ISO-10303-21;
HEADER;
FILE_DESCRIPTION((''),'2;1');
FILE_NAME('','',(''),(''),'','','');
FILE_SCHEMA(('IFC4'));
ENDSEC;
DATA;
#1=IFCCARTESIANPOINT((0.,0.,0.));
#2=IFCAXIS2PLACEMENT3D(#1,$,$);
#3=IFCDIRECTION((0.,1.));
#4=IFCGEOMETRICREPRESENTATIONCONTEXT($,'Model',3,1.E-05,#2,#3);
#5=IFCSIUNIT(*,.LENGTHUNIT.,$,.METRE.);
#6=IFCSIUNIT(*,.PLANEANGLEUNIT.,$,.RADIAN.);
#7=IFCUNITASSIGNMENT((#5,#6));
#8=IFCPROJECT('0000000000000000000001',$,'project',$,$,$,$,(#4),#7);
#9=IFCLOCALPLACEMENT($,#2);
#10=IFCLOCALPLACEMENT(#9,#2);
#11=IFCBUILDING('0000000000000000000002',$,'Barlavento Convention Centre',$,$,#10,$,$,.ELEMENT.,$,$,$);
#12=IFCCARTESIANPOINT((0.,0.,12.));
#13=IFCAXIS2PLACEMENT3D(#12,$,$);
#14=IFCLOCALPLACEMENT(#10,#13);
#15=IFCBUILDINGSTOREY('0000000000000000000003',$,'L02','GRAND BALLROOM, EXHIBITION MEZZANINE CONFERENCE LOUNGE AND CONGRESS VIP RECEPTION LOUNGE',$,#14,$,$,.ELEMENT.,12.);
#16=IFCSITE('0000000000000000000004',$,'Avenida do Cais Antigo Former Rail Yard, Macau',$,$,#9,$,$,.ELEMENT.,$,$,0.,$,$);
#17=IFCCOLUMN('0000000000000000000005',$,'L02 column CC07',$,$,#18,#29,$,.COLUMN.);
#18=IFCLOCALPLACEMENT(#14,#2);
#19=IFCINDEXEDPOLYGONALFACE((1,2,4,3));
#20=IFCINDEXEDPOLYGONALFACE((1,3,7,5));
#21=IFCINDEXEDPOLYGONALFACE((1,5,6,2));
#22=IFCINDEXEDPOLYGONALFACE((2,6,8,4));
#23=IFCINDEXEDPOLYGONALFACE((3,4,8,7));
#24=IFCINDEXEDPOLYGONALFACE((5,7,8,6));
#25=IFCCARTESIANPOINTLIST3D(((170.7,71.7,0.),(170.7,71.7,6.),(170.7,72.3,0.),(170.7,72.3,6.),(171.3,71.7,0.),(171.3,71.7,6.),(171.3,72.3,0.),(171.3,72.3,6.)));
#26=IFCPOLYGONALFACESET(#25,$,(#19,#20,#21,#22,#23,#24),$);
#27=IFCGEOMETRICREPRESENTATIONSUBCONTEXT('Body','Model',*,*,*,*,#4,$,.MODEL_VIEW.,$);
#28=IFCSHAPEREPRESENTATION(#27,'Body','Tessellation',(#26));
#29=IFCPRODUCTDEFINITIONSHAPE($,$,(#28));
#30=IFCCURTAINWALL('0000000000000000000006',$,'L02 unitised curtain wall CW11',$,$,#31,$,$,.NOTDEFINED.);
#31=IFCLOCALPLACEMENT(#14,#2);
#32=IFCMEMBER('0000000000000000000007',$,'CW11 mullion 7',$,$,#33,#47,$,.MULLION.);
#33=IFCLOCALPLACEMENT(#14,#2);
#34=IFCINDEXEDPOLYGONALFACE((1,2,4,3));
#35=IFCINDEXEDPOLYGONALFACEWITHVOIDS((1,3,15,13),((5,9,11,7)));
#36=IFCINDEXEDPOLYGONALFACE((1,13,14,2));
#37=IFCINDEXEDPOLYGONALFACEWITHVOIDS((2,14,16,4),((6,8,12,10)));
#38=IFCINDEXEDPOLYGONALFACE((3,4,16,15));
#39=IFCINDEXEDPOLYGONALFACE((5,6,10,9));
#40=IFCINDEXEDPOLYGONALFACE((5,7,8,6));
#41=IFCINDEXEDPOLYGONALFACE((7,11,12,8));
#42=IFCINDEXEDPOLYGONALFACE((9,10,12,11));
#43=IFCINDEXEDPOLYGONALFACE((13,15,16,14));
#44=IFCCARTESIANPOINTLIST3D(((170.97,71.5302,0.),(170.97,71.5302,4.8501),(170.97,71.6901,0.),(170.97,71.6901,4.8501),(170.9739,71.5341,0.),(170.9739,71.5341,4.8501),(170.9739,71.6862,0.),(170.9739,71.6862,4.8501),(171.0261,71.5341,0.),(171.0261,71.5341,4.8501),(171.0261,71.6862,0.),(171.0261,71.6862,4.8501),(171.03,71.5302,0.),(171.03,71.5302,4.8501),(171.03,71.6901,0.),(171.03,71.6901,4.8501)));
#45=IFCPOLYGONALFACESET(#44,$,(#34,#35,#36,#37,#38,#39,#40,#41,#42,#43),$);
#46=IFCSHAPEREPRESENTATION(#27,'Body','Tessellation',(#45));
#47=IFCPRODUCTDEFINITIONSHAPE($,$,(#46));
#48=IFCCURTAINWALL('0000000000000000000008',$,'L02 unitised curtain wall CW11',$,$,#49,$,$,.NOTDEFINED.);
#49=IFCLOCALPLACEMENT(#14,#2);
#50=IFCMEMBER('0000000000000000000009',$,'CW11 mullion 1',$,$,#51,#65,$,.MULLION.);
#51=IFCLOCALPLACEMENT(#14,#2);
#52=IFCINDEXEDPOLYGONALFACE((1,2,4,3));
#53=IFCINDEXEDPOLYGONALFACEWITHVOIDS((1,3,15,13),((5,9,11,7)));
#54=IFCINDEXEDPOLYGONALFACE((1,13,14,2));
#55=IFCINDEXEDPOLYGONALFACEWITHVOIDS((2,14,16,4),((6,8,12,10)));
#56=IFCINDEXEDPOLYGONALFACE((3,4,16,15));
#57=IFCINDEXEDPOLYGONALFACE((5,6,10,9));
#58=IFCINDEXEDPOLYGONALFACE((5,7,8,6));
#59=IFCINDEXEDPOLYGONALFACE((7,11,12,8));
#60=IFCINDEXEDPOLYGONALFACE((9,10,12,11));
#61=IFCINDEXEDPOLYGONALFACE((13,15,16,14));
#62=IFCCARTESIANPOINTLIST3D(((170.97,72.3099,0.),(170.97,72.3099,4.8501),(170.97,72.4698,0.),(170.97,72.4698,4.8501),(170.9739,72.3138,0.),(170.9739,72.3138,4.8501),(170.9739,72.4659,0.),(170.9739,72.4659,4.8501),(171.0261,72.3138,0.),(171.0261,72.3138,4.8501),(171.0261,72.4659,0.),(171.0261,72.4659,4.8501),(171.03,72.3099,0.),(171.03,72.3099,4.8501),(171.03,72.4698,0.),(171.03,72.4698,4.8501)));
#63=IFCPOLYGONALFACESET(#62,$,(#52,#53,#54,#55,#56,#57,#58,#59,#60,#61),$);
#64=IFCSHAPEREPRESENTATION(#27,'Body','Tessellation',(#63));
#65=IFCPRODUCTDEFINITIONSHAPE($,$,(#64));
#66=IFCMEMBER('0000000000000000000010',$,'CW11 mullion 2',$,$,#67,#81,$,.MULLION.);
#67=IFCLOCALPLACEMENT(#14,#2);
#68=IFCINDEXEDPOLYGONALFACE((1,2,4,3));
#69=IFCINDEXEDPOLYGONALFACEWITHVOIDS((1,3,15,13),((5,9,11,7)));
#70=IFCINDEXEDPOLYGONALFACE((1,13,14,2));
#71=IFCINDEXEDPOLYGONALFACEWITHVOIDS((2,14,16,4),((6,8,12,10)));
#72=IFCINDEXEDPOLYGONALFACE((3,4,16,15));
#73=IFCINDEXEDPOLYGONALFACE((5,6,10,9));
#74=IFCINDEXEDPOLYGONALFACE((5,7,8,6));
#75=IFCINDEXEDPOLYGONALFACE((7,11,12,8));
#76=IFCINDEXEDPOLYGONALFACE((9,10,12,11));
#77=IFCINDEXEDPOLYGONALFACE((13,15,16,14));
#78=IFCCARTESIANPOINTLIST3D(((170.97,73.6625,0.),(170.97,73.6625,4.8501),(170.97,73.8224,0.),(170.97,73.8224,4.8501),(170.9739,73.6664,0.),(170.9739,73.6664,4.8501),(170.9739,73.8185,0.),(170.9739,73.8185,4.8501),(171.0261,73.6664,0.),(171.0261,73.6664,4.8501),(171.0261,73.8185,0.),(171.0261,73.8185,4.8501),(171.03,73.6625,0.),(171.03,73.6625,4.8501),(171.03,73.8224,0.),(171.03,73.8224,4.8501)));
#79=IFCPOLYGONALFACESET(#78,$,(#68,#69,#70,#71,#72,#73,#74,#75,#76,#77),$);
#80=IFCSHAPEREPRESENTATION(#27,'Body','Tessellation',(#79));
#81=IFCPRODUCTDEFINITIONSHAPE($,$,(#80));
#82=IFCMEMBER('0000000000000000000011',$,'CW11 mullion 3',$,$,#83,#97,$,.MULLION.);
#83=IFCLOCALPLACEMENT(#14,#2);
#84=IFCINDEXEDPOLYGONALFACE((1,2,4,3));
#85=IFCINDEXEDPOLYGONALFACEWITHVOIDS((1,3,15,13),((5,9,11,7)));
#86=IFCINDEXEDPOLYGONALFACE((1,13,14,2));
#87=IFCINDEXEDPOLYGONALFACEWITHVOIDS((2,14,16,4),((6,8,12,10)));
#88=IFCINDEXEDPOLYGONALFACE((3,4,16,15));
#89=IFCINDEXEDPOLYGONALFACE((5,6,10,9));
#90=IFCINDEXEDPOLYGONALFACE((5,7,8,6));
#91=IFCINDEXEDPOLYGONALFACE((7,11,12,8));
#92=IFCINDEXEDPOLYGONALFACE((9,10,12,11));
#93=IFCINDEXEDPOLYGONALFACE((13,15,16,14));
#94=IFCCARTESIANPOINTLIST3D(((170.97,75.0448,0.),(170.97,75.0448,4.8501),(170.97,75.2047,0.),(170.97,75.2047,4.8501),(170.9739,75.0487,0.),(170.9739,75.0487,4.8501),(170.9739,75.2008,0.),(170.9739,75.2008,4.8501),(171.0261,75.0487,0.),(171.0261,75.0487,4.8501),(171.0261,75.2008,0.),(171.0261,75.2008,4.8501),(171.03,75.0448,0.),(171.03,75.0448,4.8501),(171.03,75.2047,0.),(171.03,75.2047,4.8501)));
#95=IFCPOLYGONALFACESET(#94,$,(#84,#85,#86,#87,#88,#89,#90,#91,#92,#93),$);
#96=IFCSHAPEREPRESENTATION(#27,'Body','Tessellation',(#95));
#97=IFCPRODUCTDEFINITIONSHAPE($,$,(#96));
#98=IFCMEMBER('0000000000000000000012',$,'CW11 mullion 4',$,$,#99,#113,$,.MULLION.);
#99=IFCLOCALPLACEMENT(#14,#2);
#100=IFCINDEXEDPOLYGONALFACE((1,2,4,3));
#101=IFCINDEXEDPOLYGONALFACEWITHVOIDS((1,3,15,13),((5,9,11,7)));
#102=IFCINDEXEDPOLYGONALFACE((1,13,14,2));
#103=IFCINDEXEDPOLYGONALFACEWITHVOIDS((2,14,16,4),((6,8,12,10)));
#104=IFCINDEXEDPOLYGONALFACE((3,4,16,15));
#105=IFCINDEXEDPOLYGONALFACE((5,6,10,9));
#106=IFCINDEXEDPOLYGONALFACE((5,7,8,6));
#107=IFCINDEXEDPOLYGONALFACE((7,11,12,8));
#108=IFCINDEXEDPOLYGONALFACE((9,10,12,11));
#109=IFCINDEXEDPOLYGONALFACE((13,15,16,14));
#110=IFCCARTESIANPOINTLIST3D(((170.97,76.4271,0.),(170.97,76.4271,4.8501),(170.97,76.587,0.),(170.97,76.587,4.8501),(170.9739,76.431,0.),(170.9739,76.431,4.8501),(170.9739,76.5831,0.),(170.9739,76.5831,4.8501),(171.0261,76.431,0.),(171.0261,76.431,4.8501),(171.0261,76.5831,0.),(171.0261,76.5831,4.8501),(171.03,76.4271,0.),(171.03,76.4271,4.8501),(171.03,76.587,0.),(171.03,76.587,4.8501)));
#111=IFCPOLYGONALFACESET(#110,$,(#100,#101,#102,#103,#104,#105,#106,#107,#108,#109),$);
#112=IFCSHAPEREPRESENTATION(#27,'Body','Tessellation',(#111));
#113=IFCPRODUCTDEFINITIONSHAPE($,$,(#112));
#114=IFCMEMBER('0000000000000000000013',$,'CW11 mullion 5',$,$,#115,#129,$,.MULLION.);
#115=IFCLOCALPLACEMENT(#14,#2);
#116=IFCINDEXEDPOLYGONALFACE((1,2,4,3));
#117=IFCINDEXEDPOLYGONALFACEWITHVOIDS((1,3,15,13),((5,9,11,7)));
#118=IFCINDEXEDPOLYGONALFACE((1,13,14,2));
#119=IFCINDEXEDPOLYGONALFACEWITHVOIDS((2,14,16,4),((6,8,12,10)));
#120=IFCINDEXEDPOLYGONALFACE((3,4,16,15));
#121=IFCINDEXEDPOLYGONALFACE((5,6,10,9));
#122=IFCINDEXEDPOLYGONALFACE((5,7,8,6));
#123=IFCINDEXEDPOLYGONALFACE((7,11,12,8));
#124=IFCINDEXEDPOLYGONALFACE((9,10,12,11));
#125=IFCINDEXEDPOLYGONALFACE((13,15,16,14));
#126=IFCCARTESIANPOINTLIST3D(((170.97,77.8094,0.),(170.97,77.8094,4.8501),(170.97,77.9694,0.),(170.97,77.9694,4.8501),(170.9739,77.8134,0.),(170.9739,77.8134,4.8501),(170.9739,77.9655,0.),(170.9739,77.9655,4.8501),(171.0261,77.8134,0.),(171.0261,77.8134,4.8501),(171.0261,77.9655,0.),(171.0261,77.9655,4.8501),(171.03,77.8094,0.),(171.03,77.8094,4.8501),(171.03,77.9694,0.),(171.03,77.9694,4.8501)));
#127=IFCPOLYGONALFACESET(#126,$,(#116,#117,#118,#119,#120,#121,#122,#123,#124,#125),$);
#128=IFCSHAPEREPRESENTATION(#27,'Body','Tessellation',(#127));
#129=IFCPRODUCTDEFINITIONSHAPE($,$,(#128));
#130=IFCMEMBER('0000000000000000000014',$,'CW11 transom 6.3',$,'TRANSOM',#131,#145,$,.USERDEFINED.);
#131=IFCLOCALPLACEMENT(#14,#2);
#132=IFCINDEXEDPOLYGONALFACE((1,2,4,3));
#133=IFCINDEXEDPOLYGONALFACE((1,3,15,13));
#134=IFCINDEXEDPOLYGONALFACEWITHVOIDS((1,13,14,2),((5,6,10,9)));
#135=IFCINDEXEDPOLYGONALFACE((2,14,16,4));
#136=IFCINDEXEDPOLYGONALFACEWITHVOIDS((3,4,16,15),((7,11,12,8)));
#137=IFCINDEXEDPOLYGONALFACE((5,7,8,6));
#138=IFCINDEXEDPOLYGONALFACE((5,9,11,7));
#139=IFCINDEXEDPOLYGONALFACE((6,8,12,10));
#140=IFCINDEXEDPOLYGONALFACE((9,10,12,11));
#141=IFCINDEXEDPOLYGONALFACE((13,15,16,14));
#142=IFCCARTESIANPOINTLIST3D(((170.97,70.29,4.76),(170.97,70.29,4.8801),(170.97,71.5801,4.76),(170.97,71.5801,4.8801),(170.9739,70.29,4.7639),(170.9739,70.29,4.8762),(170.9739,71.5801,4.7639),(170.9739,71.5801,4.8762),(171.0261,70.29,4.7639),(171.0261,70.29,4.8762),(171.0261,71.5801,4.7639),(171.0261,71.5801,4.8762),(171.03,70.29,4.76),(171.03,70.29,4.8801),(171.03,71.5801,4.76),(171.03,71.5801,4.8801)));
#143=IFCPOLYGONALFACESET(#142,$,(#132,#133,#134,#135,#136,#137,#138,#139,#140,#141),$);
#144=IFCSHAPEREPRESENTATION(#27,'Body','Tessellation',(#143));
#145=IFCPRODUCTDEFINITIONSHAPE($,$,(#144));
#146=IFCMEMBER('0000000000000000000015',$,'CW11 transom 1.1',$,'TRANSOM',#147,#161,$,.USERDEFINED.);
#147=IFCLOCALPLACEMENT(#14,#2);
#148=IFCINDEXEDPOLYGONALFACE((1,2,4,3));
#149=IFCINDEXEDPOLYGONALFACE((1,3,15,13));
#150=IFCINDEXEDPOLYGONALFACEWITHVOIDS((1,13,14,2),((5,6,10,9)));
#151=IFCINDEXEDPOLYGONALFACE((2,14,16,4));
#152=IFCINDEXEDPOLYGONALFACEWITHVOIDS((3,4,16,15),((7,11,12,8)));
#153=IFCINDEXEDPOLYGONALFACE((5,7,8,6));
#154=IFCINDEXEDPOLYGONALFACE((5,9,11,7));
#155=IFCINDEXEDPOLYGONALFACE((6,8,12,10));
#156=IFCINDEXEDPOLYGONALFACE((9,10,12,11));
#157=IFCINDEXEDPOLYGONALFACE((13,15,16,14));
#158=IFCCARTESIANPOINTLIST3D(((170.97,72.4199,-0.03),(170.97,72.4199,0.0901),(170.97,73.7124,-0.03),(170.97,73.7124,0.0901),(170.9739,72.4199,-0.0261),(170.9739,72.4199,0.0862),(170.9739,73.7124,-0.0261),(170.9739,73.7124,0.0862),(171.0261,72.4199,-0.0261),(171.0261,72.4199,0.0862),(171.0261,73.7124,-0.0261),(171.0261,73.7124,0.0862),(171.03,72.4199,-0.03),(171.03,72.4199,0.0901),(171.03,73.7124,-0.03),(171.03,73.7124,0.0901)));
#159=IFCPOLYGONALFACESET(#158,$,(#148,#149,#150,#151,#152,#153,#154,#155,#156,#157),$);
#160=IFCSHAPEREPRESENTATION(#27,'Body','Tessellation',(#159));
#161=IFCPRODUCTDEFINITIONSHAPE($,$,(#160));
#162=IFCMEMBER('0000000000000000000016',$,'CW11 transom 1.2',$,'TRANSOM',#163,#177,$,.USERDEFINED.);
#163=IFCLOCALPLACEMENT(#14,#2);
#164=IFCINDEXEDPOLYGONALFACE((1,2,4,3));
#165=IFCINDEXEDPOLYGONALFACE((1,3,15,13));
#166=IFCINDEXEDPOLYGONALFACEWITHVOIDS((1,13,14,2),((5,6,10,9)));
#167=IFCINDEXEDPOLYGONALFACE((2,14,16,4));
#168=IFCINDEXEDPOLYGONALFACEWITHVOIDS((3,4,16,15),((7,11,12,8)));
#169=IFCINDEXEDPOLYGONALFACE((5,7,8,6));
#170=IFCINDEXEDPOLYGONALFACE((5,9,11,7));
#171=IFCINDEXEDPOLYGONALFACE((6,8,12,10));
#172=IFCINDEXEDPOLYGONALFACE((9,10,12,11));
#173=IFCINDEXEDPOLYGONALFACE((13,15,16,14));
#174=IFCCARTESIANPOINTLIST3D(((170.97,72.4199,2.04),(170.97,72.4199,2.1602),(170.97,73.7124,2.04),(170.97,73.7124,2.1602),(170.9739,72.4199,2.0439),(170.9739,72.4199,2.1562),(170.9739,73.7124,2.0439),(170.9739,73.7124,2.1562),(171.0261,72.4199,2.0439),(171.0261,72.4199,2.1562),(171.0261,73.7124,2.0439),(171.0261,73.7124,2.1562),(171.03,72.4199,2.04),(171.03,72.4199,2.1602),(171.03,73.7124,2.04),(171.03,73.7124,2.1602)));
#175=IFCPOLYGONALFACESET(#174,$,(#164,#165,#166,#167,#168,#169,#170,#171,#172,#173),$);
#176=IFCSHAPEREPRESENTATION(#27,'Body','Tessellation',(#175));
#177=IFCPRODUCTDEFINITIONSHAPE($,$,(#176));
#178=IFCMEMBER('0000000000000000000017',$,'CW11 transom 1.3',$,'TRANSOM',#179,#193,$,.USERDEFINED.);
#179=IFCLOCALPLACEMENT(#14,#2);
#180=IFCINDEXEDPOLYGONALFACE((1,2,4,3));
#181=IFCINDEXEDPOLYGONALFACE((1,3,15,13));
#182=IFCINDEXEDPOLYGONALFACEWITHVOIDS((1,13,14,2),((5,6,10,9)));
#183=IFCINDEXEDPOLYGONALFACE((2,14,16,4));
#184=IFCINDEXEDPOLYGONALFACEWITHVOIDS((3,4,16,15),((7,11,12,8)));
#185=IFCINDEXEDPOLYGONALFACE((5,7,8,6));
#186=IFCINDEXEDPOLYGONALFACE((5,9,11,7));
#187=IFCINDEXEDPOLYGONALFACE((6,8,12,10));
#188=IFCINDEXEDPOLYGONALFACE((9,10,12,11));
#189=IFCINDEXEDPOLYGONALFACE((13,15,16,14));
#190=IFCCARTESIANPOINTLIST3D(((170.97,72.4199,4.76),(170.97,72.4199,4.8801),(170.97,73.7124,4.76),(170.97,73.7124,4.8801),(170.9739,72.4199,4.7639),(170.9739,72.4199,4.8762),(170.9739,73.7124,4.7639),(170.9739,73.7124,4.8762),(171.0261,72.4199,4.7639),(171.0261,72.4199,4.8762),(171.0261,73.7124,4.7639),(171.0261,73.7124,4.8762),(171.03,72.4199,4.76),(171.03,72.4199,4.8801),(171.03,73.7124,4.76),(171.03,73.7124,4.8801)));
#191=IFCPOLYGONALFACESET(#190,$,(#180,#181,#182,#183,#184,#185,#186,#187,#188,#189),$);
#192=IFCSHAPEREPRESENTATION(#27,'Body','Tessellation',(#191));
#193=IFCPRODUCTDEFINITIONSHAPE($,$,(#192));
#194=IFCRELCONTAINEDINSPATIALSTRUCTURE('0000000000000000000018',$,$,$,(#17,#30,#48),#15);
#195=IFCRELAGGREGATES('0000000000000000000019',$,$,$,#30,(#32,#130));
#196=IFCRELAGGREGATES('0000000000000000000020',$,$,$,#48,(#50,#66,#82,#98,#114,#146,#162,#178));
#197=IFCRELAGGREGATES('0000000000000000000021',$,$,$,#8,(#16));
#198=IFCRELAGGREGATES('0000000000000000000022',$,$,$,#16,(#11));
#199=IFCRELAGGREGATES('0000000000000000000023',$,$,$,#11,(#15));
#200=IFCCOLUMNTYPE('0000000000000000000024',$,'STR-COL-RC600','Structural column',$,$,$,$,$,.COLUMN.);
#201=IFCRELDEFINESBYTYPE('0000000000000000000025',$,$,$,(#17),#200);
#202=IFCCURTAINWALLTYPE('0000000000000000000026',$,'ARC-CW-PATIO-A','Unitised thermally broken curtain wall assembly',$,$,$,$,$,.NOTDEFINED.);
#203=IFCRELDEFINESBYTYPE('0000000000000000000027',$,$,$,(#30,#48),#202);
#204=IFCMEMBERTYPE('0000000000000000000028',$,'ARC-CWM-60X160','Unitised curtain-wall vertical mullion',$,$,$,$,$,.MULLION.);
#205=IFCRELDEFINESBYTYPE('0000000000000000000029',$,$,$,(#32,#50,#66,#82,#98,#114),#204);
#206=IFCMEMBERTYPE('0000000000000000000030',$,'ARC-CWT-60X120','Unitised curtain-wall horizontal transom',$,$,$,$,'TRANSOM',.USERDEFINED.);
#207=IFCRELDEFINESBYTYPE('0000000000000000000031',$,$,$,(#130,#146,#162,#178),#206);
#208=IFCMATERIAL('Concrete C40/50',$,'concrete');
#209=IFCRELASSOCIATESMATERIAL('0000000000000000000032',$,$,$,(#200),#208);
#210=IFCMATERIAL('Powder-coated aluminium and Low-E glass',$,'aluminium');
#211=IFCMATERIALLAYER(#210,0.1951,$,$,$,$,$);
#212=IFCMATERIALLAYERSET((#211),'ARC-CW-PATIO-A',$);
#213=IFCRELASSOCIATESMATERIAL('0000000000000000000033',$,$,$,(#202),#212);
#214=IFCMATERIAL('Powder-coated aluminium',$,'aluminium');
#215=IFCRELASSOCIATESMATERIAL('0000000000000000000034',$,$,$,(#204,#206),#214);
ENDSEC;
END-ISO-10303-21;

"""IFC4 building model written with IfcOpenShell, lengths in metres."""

from ifc_helpers import new_model, si_unit, direction, frame, origin, origin_2d, place, context, subcontext, project, spatial, rectangle, hollow_rectangle, extrude, material, layer, layer_set, material_profile, profile_set, type_object, element, aggregate, save


model = new_model("IFC4")

# Units and contexts
model_context = context("Model", 3, precision=1e-05, world=origin(), true_north=direction((0.0, 1.0)))
body_context = subcontext(model_context, "Body", "Model", "MODEL_VIEW")
ifc_project = project(units=[si_unit("LENGTHUNIT", "METRE"), si_unit("PLANEANGLEUNIT", "RADIAN")], contexts=[model_context])

# Site, building, storey
site_placement = place(None, origin())
site = spatial("IfcSite", under=ifc_project, at=site_placement, Name="Avenida do Cais Antigo Former Rail Yard, Macau", CompositionType="ELEMENT", RefElevation=0.0)
building_placement = place(site_placement, origin())
building = spatial("IfcBuilding", under=site, at=building_placement, Name="Barlavento Convention Centre", CompositionType="ELEMENT")
storey_placement = place(building_placement, frame((0.0, 0.0, 12.0)))
storey = spatial("IfcBuildingStorey", under=building, at=storey_placement, Name="L02", Description="GRAND BALLROOM, EXHIBITION MEZZANINE CONFERENCE LOUNGE AND CONGRESS VIP RECEPTION LOUNGE", CompositionType="ELEMENT", Elevation=12.0)

# Column
ifc_material_1 = material(Name="Concrete C40/50", Category="concrete")
ifc_material_profile_1 = material_profile(ifc_material_1, rectangle(XDim=0.6001, YDim=0.6001, at=origin_2d()), Name="RC 600x600")
ifc_profile_set_1 = profile_set([ifc_material_profile_1], Name="Concrete C40/50")
column_type = type_object("IfcColumnType", Name="STR-COL-RC600", Description="Structural column", PredefinedType="COLUMN", material=ifc_profile_set_1)
column_placement = place(storey_placement, frame((171.0, 72.0, 0.0), z_axis=(0.0, 0.0, 1.0), x_axis=(1.0, 0.0, 0.0)))
element("IfcColumn", 1, at=column_placement, inside=storey, type_object=column_type, Name="L02 column CC07", PredefinedType="COLUMN", context=body_context, shape_type="SweptSolid", body=[
    extrude(rectangle(XDim=0.6001, YDim=0.6001, at=origin_2d()), origin(), (0.0, 0.0, 1.0), 6.0),
])

# Curtain wall, member
ifc_material_2 = material(Name="Powder-coated aluminium and Low-E glass", Category="aluminium")
ifc_layer_1 = layer(ifc_material_2, 0.1951)
ifc_layer_set_1 = layer_set([ifc_layer_1], Name="ARC-CW-PATIO-A")
curtain_wall_type = type_object("IfcCurtainWallType", Name="ARC-CW-PATIO-A", Description="Unitised thermally broken curtain wall assembly", PredefinedType="NOTDEFINED", material=ifc_layer_set_1)
curtain_wall_1_placement = place(storey_placement, origin())
curtain_wall_1 = element("IfcCurtainWall", 2, at=curtain_wall_1_placement, inside=storey, type_object=curtain_wall_type, Name="L02 unitised curtain wall CW11", PredefinedType="NOTDEFINED")
ifc_material_3 = material(Name="Powder-coated aluminium", Category="aluminium")
ifc_material_profile_2 = material_profile(ifc_material_3, hollow_rectangle(XDim=0.0601, YDim=0.1599, WallThickness=0.0039, at=origin_2d()), Name="AL-MULL 60x160x4")
ifc_profile_set_2 = profile_set([ifc_material_profile_2], Name="Powder-coated aluminium")
member_type_1 = type_object("IfcMemberType", Name="ARC-CWM-60X160", Description="Unitised curtain-wall vertical mullion", PredefinedType="MULLION", material=ifc_profile_set_2)
member_1_placement = place(storey_placement, frame((171.0, 71.6101, 0.0), z_axis=(0.0, 0.0, 1.0), x_axis=(-1.0, 0.0, 0.0)))
member_1 = element("IfcMember", 3, at=member_1_placement, type_object=member_type_1, Name="CW11 mullion 7", PredefinedType="MULLION", context=body_context, shape_type="SweptSolid", body=[
    extrude(hollow_rectangle(XDim=0.0601, YDim=0.1599, WallThickness=0.0039, at=origin_2d()), origin(), (0.0, 0.0, 1.0), 4.8501),
])

# Curtain wall, members
curtain_wall_2_placement = place(storey_placement, origin())
curtain_wall_2 = element("IfcCurtainWall", 4, at=curtain_wall_2_placement, inside=storey, type_object=curtain_wall_type, Name="L02 unitised curtain wall CW11", PredefinedType="NOTDEFINED")
member_2_placement = place(storey_placement, frame((171.0, 72.3899, 0.0), z_axis=(0.0, 0.0, 1.0), x_axis=(-1.0, 0.0, 0.0)))
member_2 = element("IfcMember", 5, at=member_2_placement, type_object=member_type_1, Name="CW11 mullion 1", PredefinedType="MULLION", context=body_context, shape_type="SweptSolid", body=[
    extrude(hollow_rectangle(XDim=0.0601, YDim=0.1599, WallThickness=0.0039, at=origin_2d()), origin(), (0.0, 0.0, 1.0), 4.8501),
])
member_3_placement = place(storey_placement, frame((171.0, 73.7424, 0.0), z_axis=(0.0, 0.0, 1.0), x_axis=(-1.0, 0.0, 0.0)))
member_3 = element("IfcMember", 6, at=member_3_placement, type_object=member_type_1, Name="CW11 mullion 2", PredefinedType="MULLION", context=body_context, shape_type="SweptSolid", body=[
    extrude(hollow_rectangle(XDim=0.0601, YDim=0.1599, WallThickness=0.0039, at=origin_2d()), origin(), (0.0, 0.0, 1.0), 4.8501),
])
member_4_placement = place(storey_placement, frame((171.0, 75.1248, 0.0), z_axis=(0.0, 0.0, 1.0), x_axis=(-1.0, 0.0, 0.0)))
member_4 = element("IfcMember", 7, at=member_4_placement, type_object=member_type_1, Name="CW11 mullion 3", PredefinedType="MULLION", context=body_context, shape_type="SweptSolid", body=[
    extrude(hollow_rectangle(XDim=0.0601, YDim=0.1599, WallThickness=0.0039, at=origin_2d()), origin(), (0.0, 0.0, 1.0), 4.8501),
])
member_5_placement = place(storey_placement, frame((171.0, 76.5071, 0.0), z_axis=(0.0, 0.0, 1.0), x_axis=(-1.0, 0.0, 0.0)))
member_5 = element("IfcMember", 8, at=member_5_placement, type_object=member_type_1, Name="CW11 mullion 4", PredefinedType="MULLION", context=body_context, shape_type="SweptSolid", body=[
    extrude(hollow_rectangle(XDim=0.0601, YDim=0.1599, WallThickness=0.0039, at=origin_2d()), origin(), (0.0, 0.0, 1.0), 4.8501),
])
member_6_placement = place(storey_placement, frame((171.0, 77.8894, 0.0), z_axis=(0.0, 0.0, 1.0), x_axis=(-1.0, 0.0, 0.0)))
member_6 = element("IfcMember", 9, at=member_6_placement, type_object=member_type_1, Name="CW11 mullion 5", PredefinedType="MULLION", context=body_context, shape_type="SweptSolid", body=[
    extrude(hollow_rectangle(XDim=0.0601, YDim=0.1599, WallThickness=0.0039, at=origin_2d()), origin(), (0.0, 0.0, 1.0), 4.8501),
])

# Members
ifc_material_profile_3 = material_profile(ifc_material_3, hollow_rectangle(XDim=0.0601, YDim=0.1201, WallThickness=0.0039, at=origin_2d()), Name="AL-TRAN 60x120x4")
ifc_profile_set_3 = profile_set([ifc_material_profile_3], Name="Powder-coated aluminium")
member_type_2 = type_object("IfcMemberType", Name="ARC-CWT-60X120", Description="Unitised curtain-wall horizontal transom", ElementType="TRANSOM", PredefinedType="USERDEFINED", material=ifc_profile_set_3)
member_7_placement = place(storey_placement, frame((171.0, 70.29, 4.8201), z_axis=(0.0, 1.0, 0.0), x_axis=(-1.0, 0.0, 0.0)))
member_7 = element("IfcMember", 10, at=member_7_placement, type_object=member_type_2, Name="CW11 transom 6.3", ObjectType="TRANSOM", PredefinedType="USERDEFINED", context=body_context, shape_type="SweptSolid", body=[
    extrude(hollow_rectangle(XDim=0.0601, YDim=0.1201, WallThickness=0.0039, at=origin_2d()), origin(), (0.0, 0.0, 1.0), 1.29),
])
member_8_placement = place(storey_placement, frame((171.0, 72.4199, 0.03), z_axis=(0.0, 1.0, 0.0), x_axis=(-1.0, 0.0, 0.0)))
member_8 = element("IfcMember", 11, at=member_8_placement, type_object=member_type_2, Name="CW11 transom 1.1", ObjectType="TRANSOM", PredefinedType="USERDEFINED", context=body_context, shape_type="SweptSolid", body=[
    extrude(hollow_rectangle(XDim=0.0601, YDim=0.1201, WallThickness=0.0039, at=origin_2d()), origin(), (0.0, 0.0, 1.0), 1.2925),
])
member_9_placement = place(storey_placement, frame((171.0, 72.4199, 2.1001), z_axis=(0.0, 1.0, 0.0), x_axis=(-1.0, 0.0, 0.0)))
member_9 = element("IfcMember", 12, at=member_9_placement, type_object=member_type_2, Name="CW11 transom 1.2", ObjectType="TRANSOM", PredefinedType="USERDEFINED", context=body_context, shape_type="SweptSolid", body=[
    extrude(hollow_rectangle(XDim=0.0601, YDim=0.1201, WallThickness=0.0039, at=origin_2d()), origin(), (0.0, 0.0, 1.0), 1.2925),
])
member_10_placement = place(storey_placement, frame((171.0, 72.4199, 4.8201), z_axis=(0.0, 1.0, 0.0), x_axis=(-1.0, 0.0, 0.0)))
member_10 = element("IfcMember", 13, at=member_10_placement, type_object=member_type_2, Name="CW11 transom 1.3", ObjectType="TRANSOM", PredefinedType="USERDEFINED", context=body_context, shape_type="SweptSolid", body=[
    extrude(hollow_rectangle(XDim=0.0601, YDim=0.1201, WallThickness=0.0039, at=origin_2d()), origin(), (0.0, 0.0, 1.0), 1.2925),
])

aggregate(curtain_wall_1, [member_1, member_7])
aggregate(curtain_wall_2, [member_2, member_3, member_4, member_5, member_6, member_8, member_9, member_10])

save(model, "model.ifc")
